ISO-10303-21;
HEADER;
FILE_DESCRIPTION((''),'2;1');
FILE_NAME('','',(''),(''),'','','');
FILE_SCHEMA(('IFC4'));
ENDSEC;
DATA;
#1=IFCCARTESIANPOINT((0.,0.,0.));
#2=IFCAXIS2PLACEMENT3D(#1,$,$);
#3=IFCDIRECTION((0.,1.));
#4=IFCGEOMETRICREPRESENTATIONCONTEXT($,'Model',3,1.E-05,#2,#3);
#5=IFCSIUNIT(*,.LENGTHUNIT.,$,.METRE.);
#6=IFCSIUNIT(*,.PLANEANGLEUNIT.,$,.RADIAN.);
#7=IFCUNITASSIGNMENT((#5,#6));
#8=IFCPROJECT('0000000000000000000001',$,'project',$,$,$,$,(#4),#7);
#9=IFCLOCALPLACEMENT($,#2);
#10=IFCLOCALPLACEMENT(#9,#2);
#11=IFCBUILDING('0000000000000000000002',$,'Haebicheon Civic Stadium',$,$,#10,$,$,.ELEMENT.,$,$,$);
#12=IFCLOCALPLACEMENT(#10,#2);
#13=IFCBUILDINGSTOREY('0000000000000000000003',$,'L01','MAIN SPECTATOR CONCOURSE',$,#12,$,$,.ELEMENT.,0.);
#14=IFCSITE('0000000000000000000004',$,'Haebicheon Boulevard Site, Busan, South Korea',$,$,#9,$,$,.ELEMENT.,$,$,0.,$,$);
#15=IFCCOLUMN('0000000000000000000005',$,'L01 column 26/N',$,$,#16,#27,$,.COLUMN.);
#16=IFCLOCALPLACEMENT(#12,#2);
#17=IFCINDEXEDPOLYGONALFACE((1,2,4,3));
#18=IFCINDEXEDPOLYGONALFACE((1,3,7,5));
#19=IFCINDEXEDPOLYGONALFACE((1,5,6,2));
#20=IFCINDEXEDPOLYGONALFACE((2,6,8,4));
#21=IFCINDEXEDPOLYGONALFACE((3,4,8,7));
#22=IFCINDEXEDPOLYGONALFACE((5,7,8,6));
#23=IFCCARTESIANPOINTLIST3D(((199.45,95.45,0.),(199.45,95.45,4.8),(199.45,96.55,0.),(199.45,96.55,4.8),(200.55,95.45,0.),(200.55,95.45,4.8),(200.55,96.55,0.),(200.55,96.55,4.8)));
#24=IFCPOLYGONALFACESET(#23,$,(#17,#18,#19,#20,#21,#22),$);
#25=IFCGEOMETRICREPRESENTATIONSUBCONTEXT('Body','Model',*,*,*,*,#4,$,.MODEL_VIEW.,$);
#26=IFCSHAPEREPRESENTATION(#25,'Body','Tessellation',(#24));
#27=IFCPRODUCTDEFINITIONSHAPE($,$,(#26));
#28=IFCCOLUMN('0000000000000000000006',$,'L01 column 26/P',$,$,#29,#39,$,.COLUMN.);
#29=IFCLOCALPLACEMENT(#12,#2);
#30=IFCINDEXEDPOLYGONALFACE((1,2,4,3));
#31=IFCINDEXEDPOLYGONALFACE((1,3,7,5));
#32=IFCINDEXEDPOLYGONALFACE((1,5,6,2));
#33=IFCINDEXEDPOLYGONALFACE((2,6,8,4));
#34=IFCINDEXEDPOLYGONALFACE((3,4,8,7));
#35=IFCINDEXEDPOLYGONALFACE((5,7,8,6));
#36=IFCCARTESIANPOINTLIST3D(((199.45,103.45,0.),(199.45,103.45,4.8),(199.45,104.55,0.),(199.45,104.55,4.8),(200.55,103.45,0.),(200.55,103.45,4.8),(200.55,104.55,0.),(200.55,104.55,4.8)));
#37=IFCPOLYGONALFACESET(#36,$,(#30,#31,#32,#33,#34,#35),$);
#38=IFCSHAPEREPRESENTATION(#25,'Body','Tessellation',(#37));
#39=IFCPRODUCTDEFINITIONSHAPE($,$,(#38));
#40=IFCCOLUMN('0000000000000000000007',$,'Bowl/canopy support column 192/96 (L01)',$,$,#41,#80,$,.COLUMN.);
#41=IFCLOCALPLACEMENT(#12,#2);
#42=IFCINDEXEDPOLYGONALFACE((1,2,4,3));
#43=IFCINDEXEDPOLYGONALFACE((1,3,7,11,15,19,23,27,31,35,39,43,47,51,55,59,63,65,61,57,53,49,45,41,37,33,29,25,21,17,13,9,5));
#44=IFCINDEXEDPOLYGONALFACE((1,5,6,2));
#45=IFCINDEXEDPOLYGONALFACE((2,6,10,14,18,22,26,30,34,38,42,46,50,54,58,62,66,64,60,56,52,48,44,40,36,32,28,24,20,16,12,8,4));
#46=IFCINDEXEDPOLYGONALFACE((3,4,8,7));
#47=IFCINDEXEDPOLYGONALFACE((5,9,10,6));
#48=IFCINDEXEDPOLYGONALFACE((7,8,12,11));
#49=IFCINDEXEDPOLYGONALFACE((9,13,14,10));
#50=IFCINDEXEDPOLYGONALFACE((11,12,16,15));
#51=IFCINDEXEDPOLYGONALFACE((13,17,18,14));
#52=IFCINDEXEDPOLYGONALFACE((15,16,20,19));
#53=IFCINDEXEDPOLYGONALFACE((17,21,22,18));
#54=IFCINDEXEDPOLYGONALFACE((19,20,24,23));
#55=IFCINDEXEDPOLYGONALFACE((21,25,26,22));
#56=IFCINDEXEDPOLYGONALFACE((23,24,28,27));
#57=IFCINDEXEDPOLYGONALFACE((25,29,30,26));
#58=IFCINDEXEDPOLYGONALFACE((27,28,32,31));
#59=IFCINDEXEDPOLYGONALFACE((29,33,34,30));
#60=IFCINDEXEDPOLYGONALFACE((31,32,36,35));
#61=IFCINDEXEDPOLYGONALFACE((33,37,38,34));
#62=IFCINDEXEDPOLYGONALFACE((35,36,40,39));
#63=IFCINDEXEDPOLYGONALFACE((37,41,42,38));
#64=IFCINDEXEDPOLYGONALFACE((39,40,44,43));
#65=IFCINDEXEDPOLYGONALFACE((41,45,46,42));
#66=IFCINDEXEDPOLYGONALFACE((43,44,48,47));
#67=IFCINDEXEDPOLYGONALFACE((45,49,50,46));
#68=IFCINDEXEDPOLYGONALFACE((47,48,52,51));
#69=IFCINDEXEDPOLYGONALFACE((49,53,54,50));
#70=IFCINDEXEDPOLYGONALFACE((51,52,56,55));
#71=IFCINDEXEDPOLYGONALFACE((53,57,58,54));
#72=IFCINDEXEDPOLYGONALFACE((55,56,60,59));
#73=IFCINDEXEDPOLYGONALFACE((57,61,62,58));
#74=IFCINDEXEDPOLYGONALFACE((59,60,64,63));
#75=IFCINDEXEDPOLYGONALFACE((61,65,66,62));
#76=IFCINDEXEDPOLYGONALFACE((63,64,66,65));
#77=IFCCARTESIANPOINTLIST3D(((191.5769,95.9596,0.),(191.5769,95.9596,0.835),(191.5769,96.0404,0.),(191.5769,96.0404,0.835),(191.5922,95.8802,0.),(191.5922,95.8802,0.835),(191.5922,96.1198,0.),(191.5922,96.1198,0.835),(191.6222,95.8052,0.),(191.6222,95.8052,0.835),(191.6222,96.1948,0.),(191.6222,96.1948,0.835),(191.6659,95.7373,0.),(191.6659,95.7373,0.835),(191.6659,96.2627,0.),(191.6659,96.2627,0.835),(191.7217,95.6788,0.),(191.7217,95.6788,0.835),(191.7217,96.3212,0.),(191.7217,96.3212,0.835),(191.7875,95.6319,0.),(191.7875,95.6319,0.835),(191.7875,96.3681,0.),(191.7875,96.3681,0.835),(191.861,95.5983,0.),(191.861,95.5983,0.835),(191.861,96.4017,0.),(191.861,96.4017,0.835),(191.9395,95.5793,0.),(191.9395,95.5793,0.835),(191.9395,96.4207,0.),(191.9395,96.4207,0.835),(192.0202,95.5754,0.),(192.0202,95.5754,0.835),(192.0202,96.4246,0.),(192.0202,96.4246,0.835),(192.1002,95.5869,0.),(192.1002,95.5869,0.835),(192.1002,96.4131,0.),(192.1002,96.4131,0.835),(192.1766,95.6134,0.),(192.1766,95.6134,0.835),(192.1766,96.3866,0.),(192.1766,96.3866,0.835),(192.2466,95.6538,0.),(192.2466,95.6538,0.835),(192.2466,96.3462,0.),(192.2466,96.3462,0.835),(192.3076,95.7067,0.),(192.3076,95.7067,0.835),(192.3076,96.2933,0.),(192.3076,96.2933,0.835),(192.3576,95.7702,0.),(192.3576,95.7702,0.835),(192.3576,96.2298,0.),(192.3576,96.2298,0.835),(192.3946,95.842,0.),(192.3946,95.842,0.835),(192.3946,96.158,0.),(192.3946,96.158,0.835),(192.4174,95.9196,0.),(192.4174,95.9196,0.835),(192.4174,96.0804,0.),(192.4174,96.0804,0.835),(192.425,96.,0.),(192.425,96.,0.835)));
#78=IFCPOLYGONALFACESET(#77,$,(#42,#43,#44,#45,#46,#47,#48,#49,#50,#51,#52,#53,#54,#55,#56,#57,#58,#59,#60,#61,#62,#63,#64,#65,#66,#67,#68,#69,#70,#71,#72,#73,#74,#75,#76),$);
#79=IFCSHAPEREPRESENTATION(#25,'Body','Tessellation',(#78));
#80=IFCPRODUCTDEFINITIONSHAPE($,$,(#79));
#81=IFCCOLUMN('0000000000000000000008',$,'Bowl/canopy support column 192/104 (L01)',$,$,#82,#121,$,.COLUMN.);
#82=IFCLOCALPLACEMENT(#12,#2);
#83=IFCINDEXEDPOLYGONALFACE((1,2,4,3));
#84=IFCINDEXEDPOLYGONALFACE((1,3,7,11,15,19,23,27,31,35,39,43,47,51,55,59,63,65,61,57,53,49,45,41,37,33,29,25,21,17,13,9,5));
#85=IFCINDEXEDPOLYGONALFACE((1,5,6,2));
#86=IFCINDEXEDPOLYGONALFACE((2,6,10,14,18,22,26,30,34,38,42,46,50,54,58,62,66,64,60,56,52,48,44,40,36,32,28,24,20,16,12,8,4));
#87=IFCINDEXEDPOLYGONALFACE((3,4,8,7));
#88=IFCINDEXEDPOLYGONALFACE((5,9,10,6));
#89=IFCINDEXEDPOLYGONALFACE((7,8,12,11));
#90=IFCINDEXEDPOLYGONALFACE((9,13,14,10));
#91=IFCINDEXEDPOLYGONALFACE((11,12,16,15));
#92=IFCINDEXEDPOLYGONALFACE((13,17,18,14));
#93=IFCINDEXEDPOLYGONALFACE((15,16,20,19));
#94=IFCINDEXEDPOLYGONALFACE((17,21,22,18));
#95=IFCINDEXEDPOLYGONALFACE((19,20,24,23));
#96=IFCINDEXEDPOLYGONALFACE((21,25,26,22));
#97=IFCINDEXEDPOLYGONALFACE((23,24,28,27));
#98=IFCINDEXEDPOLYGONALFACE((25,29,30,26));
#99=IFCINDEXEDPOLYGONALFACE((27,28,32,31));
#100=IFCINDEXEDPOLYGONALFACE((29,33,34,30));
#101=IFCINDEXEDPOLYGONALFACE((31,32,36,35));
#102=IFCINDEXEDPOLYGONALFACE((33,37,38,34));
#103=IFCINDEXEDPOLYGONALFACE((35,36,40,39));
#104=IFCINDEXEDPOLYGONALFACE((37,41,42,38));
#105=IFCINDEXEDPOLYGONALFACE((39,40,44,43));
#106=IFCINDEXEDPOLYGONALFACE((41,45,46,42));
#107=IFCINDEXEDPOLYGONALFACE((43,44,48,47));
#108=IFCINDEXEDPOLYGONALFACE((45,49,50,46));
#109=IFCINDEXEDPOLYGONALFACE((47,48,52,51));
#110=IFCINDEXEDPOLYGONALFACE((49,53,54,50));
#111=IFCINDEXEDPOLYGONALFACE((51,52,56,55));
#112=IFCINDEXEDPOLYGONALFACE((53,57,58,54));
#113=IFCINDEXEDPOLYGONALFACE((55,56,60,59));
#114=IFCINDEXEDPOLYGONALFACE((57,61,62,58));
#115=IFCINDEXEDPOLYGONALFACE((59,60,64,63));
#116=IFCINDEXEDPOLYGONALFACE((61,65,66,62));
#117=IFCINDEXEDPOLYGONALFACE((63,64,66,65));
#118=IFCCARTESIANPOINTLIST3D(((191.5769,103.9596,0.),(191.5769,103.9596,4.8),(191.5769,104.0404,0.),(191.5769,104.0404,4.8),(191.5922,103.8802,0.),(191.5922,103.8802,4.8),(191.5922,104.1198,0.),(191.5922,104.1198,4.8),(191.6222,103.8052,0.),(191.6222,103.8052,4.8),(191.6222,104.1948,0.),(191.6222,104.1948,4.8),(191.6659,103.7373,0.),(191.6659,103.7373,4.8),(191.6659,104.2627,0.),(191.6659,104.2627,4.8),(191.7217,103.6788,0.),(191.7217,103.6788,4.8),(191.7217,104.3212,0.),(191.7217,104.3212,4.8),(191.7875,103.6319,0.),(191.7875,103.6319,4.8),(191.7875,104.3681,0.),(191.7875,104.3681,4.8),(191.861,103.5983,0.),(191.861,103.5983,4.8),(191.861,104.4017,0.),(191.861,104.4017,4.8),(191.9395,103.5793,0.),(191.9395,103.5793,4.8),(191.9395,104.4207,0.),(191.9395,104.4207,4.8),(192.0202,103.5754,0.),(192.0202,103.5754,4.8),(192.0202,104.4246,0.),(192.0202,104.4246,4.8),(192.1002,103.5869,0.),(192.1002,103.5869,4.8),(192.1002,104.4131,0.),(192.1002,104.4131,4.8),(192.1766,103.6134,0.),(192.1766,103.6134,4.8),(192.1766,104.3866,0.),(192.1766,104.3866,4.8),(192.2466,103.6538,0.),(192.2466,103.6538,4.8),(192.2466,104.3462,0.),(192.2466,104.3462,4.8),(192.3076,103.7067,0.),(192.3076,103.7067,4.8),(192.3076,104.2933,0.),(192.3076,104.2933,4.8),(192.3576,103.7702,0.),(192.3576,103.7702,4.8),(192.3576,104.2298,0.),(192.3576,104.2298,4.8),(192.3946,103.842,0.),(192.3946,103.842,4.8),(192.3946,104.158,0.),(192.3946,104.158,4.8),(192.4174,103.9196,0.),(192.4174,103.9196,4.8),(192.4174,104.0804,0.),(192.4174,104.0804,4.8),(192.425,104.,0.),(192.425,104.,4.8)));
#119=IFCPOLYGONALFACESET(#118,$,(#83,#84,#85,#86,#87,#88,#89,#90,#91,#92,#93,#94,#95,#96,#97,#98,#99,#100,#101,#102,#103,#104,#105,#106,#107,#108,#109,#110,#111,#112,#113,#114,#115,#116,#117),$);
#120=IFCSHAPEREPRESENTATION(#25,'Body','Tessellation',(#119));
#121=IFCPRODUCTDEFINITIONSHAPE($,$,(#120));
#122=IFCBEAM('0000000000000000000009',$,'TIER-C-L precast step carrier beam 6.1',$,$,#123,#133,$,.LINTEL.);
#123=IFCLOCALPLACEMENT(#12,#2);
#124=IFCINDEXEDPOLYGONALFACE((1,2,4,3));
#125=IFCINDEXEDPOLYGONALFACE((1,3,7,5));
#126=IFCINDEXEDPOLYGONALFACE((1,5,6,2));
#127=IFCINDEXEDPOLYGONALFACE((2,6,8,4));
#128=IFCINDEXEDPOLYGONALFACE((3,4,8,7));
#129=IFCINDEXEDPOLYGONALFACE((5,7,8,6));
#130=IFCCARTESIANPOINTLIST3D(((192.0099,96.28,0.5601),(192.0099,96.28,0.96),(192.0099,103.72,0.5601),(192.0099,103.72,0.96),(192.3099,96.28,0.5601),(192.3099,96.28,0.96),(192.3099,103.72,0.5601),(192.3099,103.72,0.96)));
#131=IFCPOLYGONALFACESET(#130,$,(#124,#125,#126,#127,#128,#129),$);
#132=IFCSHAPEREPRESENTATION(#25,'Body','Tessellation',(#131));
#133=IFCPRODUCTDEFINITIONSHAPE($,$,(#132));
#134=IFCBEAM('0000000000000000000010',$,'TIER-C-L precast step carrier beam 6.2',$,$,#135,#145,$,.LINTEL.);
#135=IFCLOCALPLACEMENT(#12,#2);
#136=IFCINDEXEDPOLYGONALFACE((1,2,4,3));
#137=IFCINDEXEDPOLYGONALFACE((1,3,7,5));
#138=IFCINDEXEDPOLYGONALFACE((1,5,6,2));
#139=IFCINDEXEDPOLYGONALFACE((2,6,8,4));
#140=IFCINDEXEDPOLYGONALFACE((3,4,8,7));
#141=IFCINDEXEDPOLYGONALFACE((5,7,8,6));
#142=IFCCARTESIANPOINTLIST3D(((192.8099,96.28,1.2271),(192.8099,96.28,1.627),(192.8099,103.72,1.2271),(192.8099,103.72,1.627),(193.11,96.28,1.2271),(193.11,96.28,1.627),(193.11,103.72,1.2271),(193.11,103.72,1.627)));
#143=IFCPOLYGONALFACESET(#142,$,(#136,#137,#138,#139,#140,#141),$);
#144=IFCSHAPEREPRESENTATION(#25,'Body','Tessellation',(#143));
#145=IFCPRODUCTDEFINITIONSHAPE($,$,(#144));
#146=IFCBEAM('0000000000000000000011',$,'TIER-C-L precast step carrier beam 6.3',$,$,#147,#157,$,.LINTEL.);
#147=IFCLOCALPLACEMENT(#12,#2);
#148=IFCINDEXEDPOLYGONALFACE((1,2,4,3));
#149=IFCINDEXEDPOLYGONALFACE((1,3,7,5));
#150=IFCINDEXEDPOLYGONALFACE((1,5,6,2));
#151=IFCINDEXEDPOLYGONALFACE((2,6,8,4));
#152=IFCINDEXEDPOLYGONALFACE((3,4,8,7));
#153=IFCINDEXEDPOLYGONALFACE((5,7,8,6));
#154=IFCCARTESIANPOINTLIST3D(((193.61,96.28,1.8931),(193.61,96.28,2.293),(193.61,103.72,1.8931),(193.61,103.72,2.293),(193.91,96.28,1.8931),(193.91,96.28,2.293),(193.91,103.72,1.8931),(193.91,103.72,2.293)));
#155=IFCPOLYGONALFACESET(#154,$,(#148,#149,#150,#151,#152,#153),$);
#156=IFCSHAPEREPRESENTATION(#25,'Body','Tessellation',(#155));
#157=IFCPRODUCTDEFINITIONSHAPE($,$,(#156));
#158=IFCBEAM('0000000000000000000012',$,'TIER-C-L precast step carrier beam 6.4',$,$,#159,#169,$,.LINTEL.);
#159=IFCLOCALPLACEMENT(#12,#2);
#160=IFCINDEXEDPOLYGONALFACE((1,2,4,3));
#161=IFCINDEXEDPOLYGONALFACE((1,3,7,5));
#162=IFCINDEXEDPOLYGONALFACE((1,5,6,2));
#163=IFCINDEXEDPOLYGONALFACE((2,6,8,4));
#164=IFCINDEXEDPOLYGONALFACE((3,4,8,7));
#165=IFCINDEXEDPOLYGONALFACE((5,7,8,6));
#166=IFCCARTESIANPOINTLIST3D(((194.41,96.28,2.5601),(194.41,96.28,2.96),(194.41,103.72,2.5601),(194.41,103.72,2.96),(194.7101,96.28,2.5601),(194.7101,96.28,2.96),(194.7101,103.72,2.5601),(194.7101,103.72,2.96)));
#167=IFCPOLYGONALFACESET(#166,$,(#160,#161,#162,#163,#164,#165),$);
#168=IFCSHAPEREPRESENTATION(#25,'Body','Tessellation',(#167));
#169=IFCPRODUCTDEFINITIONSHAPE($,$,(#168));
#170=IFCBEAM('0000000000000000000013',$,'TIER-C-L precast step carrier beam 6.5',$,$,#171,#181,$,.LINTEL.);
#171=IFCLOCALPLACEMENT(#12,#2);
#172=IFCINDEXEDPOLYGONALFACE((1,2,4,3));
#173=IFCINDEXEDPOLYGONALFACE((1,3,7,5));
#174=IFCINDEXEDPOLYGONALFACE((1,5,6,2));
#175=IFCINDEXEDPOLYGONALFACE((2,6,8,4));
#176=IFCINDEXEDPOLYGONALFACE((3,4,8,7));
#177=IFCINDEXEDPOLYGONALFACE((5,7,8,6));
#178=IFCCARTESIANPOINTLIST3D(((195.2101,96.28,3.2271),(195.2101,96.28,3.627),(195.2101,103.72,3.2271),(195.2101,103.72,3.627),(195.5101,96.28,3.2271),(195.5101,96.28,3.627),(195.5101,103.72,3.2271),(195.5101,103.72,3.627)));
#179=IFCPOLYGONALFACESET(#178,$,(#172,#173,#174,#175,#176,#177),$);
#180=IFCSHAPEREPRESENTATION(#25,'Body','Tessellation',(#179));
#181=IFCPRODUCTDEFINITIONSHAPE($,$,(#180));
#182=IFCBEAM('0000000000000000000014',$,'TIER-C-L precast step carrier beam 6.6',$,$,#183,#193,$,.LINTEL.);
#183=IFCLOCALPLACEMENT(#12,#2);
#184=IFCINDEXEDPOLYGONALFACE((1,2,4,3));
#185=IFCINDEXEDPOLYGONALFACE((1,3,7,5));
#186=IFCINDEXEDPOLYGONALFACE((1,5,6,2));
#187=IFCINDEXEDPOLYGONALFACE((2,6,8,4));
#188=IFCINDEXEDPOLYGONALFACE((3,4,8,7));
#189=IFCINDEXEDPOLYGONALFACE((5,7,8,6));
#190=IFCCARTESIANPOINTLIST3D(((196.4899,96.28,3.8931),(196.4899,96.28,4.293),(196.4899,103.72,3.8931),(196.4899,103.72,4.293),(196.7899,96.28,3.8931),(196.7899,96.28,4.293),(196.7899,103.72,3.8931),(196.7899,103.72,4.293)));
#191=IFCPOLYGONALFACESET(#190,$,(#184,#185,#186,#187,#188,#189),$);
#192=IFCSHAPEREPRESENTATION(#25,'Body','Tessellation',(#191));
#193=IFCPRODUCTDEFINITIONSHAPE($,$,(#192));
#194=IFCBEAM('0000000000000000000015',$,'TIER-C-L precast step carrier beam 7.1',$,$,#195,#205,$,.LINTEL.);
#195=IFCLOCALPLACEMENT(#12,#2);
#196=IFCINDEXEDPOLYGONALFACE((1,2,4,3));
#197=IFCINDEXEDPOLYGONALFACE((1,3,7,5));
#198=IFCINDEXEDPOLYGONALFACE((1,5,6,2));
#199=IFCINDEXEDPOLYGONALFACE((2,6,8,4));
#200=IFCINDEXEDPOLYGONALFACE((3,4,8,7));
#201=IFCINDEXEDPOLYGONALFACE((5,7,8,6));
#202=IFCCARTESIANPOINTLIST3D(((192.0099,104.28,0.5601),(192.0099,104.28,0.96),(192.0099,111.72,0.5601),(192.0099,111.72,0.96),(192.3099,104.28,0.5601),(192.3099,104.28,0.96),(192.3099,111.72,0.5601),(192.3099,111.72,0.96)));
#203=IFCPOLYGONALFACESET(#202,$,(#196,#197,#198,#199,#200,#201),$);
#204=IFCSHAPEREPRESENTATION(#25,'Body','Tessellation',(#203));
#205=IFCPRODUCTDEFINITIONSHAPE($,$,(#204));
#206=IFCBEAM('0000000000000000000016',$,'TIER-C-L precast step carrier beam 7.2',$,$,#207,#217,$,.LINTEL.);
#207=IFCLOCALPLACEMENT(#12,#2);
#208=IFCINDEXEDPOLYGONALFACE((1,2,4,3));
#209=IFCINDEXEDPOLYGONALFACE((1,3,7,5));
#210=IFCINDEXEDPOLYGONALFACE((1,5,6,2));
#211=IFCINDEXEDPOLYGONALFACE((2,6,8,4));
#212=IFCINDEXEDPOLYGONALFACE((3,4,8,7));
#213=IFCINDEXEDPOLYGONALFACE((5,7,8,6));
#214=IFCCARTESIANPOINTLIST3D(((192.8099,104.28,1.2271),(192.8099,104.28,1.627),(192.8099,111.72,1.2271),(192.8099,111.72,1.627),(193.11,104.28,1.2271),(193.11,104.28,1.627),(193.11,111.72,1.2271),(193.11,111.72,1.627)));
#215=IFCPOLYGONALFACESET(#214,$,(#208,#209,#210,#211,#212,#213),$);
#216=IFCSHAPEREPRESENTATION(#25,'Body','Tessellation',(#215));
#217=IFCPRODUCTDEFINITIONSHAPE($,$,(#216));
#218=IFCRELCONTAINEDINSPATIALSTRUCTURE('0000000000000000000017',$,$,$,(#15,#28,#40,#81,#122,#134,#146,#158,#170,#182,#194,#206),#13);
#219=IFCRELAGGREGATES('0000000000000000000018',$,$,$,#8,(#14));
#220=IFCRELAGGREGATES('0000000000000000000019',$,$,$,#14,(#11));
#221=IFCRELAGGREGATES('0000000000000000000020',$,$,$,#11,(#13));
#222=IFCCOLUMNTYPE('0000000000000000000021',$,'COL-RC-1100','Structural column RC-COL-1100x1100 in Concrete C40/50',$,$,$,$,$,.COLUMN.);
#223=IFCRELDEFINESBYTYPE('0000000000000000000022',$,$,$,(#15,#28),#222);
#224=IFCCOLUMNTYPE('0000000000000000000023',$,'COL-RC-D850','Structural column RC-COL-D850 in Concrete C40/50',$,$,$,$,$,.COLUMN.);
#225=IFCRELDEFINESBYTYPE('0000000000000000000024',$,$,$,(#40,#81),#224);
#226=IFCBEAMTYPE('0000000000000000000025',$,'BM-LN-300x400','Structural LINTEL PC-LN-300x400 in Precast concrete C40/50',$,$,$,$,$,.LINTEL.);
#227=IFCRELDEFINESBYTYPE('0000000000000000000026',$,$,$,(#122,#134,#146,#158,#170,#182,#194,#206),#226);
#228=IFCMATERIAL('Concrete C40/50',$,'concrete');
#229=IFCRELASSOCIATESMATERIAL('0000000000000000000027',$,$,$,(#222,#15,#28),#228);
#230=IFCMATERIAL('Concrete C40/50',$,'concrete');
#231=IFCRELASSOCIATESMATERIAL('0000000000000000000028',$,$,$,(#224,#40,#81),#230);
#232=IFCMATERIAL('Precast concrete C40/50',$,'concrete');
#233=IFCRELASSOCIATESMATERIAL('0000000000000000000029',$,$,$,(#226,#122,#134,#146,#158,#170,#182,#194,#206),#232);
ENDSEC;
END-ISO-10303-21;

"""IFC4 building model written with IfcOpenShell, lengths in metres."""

from ifc_helpers import new_model, si_unit, direction, frame, origin, origin_2d, place, context, subcontext, project, spatial, rectangle, circle, extrude, material, material_profile, profile_set, type_object, element, save


model = new_model("IFC4")

# Units and contexts
model_context = context("Model", 3, precision=1e-05, world=origin(), true_north=direction((0.0, 1.0)))
body_context = subcontext(model_context, "Body", "Model", "MODEL_VIEW")
ifc_project = project(units=[si_unit("LENGTHUNIT", "METRE"), si_unit("PLANEANGLEUNIT", "RADIAN")], contexts=[model_context])

# Site, building, storey
site_placement = place(None, origin())
site = spatial("IfcSite", under=ifc_project, at=site_placement, Name="Haebicheon Boulevard Site, Busan, South Korea", CompositionType="ELEMENT", RefElevation=0.0)
building_placement = place(site_placement, origin())
building = spatial("IfcBuilding", under=site, at=building_placement, Name="Haebicheon Civic Stadium", CompositionType="ELEMENT")
storey_placement = place(building_placement, origin())
storey = spatial("IfcBuildingStorey", under=building, at=storey_placement, Name="L01", Description="MAIN SPECTATOR CONCOURSE", CompositionType="ELEMENT", Elevation=0.0)

# Columns
ifc_material_1 = material(Name="Concrete C40/50", Category="concrete")
ifc_material_profile_1 = material_profile(ifc_material_1, rectangle(XDim=1.1001, YDim=1.1001, at=origin_2d()), Name="RC-COL-1100x1100")
ifc_profile_set_1 = profile_set([ifc_material_profile_1], Name="Concrete C40/50")
column_type_1 = type_object("IfcColumnType", Name="COL-RC-1100", Description="Structural column RC-COL-1100x1100 in Concrete C40/50", PredefinedType="COLUMN", material=ifc_profile_set_1)
for number, where, z_axis, x_axis, name in (
    (1, (200.0, 96.0, 0.0), (0.0, 0.0, 1.0), (1.0, 0.0, 0.0), "L01 column 26/N"),
    (2, (200.0, 104.0, 0.0), (0.0, 0.0, 1.0), (1.0, 0.0, 0.0), "L01 column 26/P"),
):
    element("IfcColumn", number, at=place(storey_placement, frame(where, z_axis=z_axis, x_axis=x_axis)), inside=storey, type_object=column_type_1, material=ifc_profile_set_1, Name=name, PredefinedType="COLUMN", context=body_context, shape_type="SweptSolid", body=[
        extrude(rectangle(XDim=1.1001, YDim=1.1001, at=origin_2d()), origin(), (0.0, 0.0, 1.0), 4.8),
    ])
ifc_material_2 = material(Name="Concrete C40/50", Category="concrete")
ifc_material_profile_2 = material_profile(ifc_material_2, circle(Radius=0.425, at=origin_2d()), Name="RC-COL-D850")
ifc_profile_set_2 = profile_set([ifc_material_profile_2], Name="Concrete C40/50")
column_type_2 = type_object("IfcColumnType", Name="COL-RC-D850", Description="Structural column RC-COL-D850 in Concrete C40/50", PredefinedType="COLUMN", material=ifc_profile_set_2)
column_1_placement = place(storey_placement, frame((192.0, 96.0, 0.0), z_axis=(0.0, 0.0, 1.0), x_axis=(1.0, 0.0, 0.0)))
element("IfcColumn", 3, at=column_1_placement, inside=storey, type_object=column_type_2, material=ifc_profile_set_2, Name="Bowl/canopy support column 192/96 (L01)", PredefinedType="COLUMN", context=body_context, shape_type="SweptSolid", body=[
    extrude(circle(Radius=0.425, at=origin_2d()), origin(), (0.0, 0.0, 1.0), 0.835),
])
column_2_placement = place(storey_placement, frame((192.0, 104.0, 0.0), z_axis=(0.0, 0.0, 1.0), x_axis=(1.0, 0.0, 0.0)))
element("IfcColumn", 4, at=column_2_placement, inside=storey, type_object=column_type_2, material=ifc_profile_set_2, Name="Bowl/canopy support column 192/104 (L01)", PredefinedType="COLUMN", context=body_context, shape_type="SweptSolid", body=[
    extrude(circle(Radius=0.425, at=origin_2d()), origin(), (0.0, 0.0, 1.0), 4.8),
])

# Beams
ifc_material_3 = material(Name="Precast concrete C40/50", Category="concrete")
ifc_material_profile_3 = material_profile(ifc_material_3, rectangle(XDim=0.3, YDim=0.3999, at=origin_2d()), Name="PC-LN-300x400")
ifc_profile_set_3 = profile_set([ifc_material_profile_3], Name="Precast concrete C40/50")
beam_type_1 = type_object("IfcBeamType", Name="BM-LN-300x400", Description="Structural LINTEL PC-LN-300x400 in Precast concrete C40/50", PredefinedType="LINTEL", material=ifc_profile_set_3)
for number, where, z_axis, x_axis, name in (
    (5, (192.1599, 96.28, 0.76), (0.0, 1.0, 0.0), (-1.0, 0.0, 0.0), "TIER-C-L precast step carrier beam 6.1"),
    (6, (192.96, 96.28, 1.427), (0.0, 1.0, 0.0), (-1.0, 0.0, 0.0), "TIER-C-L precast step carrier beam 6.2"),
    (7, (193.76, 96.28, 2.093), (0.0, 1.0, 0.0), (-1.0, 0.0, 0.0), "TIER-C-L precast step carrier beam 6.3"),
    (8, (194.5601, 96.28, 2.76), (0.0, 1.0, 0.0), (-1.0, 0.0, 0.0), "TIER-C-L precast step carrier beam 6.4"),
    (9, (195.3601, 96.28, 3.427), (0.0, 1.0, 0.0), (-1.0, 0.0, 0.0), "TIER-C-L precast step carrier beam 6.5"),
    (10, (196.6399, 96.28, 4.093), (0.0, 1.0, 0.0), (-1.0, 0.0, 0.0), "TIER-C-L precast step carrier beam 6.6"),
    (11, (192.1599, 104.28, 0.76), (0.0, 1.0, 0.0), (-1.0, 0.0, 0.0), "TIER-C-L precast step carrier beam 7.1"),
    (12, (192.96, 104.28, 1.427), (0.0, 1.0, 0.0), (-1.0, 0.0, 0.0), "TIER-C-L precast step carrier beam 7.2"),
):
    element("IfcBeam", number, at=place(storey_placement, frame(where, z_axis=z_axis, x_axis=x_axis)), inside=storey, type_object=beam_type_1, material=ifc_profile_set_3, Name=name, PredefinedType="LINTEL", context=body_context, shape_type="SweptSolid", body=[
        extrude(rectangle(XDim=0.3, YDim=0.3999, at=origin_2d()), origin(), (0.0, 0.0, 1.0), 7.4399),
    ])

save(model, "model.ifc")
